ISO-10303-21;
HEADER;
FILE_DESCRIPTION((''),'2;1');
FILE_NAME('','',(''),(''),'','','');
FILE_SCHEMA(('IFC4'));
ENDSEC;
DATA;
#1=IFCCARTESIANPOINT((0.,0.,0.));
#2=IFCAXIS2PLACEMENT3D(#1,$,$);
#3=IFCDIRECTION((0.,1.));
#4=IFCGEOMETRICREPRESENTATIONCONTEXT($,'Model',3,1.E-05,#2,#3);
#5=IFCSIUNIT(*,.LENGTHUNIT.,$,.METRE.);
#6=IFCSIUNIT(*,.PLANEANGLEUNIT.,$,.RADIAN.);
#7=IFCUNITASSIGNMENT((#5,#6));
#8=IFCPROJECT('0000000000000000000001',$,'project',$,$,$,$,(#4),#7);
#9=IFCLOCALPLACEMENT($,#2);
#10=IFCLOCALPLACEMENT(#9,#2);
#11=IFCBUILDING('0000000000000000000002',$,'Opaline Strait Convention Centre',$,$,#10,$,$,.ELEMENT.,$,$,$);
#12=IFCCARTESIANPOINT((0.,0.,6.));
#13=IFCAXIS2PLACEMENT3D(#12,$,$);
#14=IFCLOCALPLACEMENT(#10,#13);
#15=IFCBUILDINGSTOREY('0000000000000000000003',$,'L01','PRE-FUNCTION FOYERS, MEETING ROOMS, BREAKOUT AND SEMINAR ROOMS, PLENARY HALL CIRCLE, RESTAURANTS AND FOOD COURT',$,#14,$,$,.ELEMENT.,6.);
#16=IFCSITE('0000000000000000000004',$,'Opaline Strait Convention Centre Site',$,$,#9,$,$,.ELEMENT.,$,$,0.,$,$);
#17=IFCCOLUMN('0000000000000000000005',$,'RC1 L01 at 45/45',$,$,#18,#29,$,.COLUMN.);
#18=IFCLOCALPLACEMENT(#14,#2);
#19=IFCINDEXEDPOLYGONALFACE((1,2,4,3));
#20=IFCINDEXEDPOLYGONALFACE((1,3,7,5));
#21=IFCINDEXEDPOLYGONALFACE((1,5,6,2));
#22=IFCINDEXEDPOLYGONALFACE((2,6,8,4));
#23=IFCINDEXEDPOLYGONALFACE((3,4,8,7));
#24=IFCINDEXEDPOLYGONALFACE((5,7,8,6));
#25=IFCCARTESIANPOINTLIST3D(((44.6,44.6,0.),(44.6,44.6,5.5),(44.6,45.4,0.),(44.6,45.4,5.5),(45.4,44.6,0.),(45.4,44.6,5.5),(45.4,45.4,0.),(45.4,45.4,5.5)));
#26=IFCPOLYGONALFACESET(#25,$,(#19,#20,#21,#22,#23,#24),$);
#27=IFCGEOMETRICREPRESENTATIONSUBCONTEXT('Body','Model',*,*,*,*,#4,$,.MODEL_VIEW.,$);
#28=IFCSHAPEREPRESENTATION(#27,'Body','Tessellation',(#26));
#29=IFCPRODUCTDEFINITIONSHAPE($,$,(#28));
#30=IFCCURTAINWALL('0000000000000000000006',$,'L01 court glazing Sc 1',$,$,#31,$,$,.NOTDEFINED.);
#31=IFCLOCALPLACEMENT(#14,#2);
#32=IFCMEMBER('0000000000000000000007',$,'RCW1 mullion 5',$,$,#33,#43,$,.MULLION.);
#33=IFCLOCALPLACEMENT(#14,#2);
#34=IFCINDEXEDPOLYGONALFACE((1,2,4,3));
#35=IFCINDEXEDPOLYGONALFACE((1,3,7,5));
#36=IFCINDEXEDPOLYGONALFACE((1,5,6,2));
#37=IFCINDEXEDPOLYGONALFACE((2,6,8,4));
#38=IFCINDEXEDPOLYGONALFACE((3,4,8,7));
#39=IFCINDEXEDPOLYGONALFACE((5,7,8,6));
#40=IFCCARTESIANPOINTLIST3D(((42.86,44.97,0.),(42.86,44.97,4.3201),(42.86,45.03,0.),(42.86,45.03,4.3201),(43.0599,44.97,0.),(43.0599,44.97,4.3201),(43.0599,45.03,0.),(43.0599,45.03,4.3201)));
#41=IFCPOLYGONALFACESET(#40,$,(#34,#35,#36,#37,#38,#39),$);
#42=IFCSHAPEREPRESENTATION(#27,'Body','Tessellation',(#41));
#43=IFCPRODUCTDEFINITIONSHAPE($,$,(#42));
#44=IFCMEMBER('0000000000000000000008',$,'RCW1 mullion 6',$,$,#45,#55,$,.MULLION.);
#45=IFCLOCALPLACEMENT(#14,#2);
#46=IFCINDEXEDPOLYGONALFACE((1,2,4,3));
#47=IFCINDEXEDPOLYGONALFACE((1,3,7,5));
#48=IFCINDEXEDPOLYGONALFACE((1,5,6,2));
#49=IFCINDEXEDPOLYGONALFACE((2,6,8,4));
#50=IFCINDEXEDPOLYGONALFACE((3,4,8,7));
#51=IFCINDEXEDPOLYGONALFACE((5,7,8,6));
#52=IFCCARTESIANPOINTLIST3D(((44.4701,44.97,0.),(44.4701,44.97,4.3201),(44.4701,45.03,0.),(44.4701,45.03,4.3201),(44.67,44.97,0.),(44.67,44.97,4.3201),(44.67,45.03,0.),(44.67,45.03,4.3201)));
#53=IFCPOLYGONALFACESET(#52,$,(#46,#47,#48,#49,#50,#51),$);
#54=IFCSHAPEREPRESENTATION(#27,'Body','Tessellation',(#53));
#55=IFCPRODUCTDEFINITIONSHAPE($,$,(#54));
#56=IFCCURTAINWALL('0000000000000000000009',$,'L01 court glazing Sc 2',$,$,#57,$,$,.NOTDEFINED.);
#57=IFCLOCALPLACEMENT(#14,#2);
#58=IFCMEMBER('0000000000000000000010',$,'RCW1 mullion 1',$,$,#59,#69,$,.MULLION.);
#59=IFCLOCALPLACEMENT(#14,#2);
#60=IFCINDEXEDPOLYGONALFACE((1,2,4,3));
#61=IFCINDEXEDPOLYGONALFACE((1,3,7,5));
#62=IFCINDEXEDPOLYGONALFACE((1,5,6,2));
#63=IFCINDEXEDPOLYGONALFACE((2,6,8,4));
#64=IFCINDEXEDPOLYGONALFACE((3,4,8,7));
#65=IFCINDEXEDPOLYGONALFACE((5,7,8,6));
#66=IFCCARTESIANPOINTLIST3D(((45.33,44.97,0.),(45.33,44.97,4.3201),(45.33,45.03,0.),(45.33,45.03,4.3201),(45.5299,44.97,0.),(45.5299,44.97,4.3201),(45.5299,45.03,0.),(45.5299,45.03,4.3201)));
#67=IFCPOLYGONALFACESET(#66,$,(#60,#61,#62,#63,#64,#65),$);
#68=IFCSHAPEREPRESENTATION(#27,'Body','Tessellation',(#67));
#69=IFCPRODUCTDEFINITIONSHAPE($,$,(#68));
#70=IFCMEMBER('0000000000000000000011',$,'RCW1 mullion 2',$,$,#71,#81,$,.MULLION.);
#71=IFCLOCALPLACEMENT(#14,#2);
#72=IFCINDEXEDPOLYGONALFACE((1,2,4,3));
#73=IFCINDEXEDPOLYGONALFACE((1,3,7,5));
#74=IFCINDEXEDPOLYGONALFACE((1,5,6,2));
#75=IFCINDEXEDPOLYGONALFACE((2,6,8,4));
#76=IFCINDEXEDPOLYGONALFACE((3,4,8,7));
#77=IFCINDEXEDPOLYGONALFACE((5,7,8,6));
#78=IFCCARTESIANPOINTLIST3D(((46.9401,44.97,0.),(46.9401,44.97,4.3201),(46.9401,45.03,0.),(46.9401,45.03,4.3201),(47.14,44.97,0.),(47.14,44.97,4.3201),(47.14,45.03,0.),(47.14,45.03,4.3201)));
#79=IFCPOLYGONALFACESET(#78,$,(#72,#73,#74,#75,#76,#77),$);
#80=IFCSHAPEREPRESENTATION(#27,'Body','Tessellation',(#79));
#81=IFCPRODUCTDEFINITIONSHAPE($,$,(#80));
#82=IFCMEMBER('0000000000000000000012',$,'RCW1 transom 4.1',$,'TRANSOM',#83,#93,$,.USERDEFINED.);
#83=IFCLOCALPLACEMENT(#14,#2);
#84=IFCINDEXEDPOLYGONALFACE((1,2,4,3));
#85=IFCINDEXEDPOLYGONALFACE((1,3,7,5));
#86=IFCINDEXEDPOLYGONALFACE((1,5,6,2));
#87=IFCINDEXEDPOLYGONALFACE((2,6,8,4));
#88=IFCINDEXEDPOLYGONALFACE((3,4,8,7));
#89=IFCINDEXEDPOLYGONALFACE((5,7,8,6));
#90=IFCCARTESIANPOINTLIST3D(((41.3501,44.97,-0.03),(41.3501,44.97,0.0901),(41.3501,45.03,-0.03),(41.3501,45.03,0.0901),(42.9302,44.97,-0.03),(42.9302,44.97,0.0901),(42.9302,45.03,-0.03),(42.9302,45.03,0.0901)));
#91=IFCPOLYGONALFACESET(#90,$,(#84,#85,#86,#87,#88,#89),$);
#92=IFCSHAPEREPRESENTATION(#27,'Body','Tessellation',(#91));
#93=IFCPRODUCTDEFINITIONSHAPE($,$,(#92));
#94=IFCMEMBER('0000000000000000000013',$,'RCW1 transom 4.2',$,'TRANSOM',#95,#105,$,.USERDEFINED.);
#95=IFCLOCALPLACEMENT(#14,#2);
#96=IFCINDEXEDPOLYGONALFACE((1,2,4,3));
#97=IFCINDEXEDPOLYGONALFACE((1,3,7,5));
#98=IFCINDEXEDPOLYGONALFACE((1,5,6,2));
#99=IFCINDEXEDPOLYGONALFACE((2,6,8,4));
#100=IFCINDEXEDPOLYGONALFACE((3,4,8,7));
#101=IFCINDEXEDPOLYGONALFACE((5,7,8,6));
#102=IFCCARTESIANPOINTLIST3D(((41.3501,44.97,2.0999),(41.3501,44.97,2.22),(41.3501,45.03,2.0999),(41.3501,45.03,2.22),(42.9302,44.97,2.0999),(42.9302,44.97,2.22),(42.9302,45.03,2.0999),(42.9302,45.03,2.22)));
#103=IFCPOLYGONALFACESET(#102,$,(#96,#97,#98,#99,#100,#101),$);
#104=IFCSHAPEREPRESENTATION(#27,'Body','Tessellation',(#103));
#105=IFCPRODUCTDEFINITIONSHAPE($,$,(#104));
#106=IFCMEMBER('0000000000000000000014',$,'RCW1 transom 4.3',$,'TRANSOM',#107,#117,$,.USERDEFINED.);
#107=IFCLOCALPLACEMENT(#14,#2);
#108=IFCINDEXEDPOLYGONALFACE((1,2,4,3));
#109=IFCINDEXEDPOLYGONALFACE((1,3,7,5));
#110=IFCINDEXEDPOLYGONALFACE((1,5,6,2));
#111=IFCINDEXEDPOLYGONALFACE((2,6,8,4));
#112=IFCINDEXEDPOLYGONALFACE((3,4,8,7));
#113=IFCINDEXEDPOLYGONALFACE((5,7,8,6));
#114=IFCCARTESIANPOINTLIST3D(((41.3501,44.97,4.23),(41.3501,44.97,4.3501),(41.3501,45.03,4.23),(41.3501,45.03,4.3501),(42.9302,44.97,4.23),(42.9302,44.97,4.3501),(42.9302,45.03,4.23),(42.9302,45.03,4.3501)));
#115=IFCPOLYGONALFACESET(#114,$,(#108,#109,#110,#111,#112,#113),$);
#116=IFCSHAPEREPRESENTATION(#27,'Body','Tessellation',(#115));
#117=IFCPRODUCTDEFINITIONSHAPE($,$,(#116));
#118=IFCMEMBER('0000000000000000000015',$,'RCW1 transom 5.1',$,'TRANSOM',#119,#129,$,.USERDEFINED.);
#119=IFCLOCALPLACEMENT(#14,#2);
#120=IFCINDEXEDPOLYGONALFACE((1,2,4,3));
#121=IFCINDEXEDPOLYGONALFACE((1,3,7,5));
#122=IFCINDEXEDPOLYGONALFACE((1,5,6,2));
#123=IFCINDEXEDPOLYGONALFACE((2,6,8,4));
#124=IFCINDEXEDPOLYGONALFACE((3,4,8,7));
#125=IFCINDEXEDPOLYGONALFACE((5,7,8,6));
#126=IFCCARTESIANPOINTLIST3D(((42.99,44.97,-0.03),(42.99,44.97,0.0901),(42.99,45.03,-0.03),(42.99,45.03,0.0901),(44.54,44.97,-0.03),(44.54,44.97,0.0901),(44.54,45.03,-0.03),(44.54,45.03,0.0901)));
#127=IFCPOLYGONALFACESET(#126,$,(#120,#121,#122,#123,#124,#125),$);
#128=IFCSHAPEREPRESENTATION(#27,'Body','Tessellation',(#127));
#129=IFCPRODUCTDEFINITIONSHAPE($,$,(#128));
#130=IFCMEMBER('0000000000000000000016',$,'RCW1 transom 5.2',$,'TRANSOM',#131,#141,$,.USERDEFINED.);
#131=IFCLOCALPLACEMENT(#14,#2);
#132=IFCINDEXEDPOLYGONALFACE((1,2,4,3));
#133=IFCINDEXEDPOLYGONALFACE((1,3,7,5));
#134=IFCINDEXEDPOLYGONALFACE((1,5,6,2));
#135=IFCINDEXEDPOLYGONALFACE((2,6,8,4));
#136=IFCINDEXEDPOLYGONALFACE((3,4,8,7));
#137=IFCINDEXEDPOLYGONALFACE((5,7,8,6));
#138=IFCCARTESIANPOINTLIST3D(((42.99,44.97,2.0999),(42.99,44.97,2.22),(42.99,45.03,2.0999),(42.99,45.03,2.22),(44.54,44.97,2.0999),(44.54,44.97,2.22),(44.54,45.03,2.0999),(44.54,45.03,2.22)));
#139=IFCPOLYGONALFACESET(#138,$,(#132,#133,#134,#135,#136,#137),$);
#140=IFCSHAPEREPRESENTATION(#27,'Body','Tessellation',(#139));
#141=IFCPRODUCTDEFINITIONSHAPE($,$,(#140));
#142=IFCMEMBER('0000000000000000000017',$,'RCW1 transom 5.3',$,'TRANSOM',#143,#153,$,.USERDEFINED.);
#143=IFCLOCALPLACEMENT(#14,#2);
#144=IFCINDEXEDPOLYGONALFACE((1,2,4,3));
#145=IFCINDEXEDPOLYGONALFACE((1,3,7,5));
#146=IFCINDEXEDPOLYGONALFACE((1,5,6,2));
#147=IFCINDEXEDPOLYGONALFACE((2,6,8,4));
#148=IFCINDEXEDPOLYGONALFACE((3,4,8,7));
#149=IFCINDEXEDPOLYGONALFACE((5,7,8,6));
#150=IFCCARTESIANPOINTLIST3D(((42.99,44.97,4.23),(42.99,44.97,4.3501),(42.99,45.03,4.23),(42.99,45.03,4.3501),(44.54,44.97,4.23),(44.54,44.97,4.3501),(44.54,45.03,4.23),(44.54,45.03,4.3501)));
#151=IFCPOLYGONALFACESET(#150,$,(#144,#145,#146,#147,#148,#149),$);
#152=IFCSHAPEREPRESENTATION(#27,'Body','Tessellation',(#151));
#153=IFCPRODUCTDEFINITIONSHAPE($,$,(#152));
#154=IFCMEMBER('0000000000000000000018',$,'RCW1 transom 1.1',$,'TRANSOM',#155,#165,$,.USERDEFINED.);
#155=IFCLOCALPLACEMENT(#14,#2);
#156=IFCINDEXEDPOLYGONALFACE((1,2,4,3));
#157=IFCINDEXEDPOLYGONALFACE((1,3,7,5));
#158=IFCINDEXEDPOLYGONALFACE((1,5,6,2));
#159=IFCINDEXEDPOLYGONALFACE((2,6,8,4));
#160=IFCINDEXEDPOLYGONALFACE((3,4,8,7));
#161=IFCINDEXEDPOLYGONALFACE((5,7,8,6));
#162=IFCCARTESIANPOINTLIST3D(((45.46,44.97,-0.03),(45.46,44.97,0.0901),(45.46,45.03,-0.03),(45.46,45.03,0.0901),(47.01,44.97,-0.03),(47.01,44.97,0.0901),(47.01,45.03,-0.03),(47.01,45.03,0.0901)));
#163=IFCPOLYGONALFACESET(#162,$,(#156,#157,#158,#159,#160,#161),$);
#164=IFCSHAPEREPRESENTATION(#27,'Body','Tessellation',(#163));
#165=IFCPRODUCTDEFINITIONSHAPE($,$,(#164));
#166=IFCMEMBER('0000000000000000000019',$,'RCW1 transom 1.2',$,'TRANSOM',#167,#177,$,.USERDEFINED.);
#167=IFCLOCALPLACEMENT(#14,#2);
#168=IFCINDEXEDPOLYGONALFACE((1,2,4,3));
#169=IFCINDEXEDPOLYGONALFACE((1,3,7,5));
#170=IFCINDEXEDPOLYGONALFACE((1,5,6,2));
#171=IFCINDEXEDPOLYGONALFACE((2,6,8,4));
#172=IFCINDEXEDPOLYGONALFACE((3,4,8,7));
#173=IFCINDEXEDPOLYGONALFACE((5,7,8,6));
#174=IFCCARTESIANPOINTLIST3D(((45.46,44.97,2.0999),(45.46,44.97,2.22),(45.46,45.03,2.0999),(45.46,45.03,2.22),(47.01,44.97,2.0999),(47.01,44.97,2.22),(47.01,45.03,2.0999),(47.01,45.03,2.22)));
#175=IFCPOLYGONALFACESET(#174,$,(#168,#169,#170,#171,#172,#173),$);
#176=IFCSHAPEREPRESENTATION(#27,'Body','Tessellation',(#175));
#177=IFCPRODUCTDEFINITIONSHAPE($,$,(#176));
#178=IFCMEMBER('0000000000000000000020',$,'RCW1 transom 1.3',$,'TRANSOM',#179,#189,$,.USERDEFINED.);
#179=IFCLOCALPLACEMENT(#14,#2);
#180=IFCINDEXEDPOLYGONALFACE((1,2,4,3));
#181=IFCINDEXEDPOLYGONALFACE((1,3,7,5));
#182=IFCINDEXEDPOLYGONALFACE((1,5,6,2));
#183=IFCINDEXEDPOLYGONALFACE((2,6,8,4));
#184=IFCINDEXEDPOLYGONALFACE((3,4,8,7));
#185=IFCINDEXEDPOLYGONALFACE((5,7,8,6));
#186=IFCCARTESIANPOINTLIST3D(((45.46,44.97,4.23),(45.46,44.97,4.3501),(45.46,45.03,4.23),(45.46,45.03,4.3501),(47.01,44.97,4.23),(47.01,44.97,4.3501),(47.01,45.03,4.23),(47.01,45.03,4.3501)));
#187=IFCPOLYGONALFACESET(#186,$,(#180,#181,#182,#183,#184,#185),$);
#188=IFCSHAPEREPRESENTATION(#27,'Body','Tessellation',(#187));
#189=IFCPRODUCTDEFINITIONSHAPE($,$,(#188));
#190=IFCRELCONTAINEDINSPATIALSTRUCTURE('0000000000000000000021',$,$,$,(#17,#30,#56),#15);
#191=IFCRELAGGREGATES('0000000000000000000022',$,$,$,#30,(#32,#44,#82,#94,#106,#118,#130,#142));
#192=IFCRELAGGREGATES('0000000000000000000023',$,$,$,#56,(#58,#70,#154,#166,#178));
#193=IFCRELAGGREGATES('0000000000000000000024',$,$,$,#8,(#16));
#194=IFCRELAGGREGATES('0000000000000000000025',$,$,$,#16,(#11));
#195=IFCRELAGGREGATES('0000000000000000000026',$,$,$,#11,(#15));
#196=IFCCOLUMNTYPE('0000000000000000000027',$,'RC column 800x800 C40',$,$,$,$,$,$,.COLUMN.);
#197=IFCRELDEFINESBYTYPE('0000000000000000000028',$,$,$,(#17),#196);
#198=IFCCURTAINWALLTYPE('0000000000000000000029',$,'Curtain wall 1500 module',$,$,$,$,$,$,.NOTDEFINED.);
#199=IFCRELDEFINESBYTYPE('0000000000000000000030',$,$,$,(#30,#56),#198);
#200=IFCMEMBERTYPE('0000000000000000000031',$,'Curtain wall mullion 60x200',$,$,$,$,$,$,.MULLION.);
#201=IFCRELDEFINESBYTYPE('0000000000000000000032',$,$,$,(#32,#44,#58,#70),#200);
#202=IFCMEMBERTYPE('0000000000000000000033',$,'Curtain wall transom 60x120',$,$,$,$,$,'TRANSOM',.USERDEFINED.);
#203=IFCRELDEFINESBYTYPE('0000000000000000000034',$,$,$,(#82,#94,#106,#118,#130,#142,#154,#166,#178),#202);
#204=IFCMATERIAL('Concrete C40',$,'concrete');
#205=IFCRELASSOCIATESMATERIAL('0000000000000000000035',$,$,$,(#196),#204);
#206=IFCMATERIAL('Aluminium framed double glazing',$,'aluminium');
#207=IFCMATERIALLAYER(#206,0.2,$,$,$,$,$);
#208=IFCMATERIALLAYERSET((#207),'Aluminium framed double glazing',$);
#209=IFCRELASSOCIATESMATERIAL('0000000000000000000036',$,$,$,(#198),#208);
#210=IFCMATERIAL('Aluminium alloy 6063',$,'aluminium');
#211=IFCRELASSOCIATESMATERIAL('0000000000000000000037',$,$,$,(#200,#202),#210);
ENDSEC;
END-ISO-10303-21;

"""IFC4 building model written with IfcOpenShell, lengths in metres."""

from ifc_helpers import new_model, si_unit, direction, frame, origin, origin_2d, place, context, subcontext, project, spatial, rectangle, extrude, material, layer, layer_set, material_profile, profile_set, type_object, element, aggregate, save


model = new_model("IFC4")

# Units and contexts
model_context = context("Model", 3, precision=1e-05, world=origin(), true_north=direction((0.0, 1.0)))
body_context = subcontext(model_context, "Body", "Model", "MODEL_VIEW")
ifc_project = project(units=[si_unit("LENGTHUNIT", "METRE"), si_unit("PLANEANGLEUNIT", "RADIAN")], contexts=[model_context])

# Site, building, storey
site_placement = place(None, origin())
site = spatial("IfcSite", under=ifc_project, at=site_placement, Name="Opaline Strait Convention Centre Site", CompositionType="ELEMENT", RefElevation=0.0)
building_placement = place(site_placement, origin())
building = spatial("IfcBuilding", under=site, at=building_placement, Name="Opaline Strait Convention Centre", CompositionType="ELEMENT")
storey_placement = place(building_placement, frame((0.0, 0.0, 6.0)))
storey = spatial("IfcBuildingStorey", under=building, at=storey_placement, Name="L01", Description="PRE-FUNCTION FOYERS, MEETING ROOMS, BREAKOUT AND SEMINAR ROOMS, PLENARY HALL CIRCLE, RESTAURANTS AND FOOD COURT", CompositionType="ELEMENT", Elevation=6.0)

# Column
ifc_material_1 = material(Name="Concrete C40", Category="concrete")
ifc_material_profile_1 = material_profile(ifc_material_1, rectangle(XDim=0.8, YDim=0.8, at=origin_2d()), Name="RC 800x800")
ifc_profile_set_1 = profile_set([ifc_material_profile_1], Name="Concrete C40")
column_type = type_object("IfcColumnType", Name="RC column 800x800 C40", PredefinedType="COLUMN", material=ifc_profile_set_1)
column_placement = place(storey_placement, frame((45.0, 45.0, 0.0), z_axis=(0.0, 0.0, 1.0), x_axis=(1.0, 0.0, 0.0)))
element("IfcColumn", 1, at=column_placement, inside=storey, type_object=column_type, Name="RC1 L01 at 45/45", PredefinedType="COLUMN", context=body_context, shape_type="SweptSolid", body=[
    extrude(rectangle(XDim=0.8, YDim=0.8, at=origin_2d()), origin(), (0.0, 0.0, 1.0), 5.5),
])

# Curtain walls, members
ifc_material_2 = material(Name="Aluminium framed double glazing", Category="aluminium")
ifc_layer_1 = layer(ifc_material_2, 0.2)
ifc_layer_set_1 = layer_set([ifc_layer_1], Name="Aluminium framed double glazing")
curtain_wall_type = type_object("IfcCurtainWallType", Name="Curtain wall 1500 module", PredefinedType="NOTDEFINED", material=ifc_layer_set_1)
curtain_wall_1_placement = place(storey_placement, origin())
curtain_wall_1 = element("IfcCurtainWall", 2, at=curtain_wall_1_placement, inside=storey, type_object=curtain_wall_type, Name="L01 court glazing Sc 1", PredefinedType="NOTDEFINED")
ifc_material_3 = material(Name="Aluminium alloy 6063", Category="aluminium")
ifc_material_profile_2 = material_profile(ifc_material_3, rectangle(XDim=0.0601, YDim=0.2, at=origin_2d()), Name="Curtain wall mullion 60x200")
ifc_profile_set_2 = profile_set([ifc_material_profile_2], Name="Aluminium alloy 6063")
member_type_1 = type_object("IfcMemberType", Name="Curtain wall mullion 60x200", PredefinedType="MULLION", material=ifc_profile_set_2)
member_1_placement = place(storey_placement, frame((42.96, 45.0, 0.0), z_axis=(0.0, 0.0, 1.0), x_axis=(0.0, 1.0, 0.0)))
member_1 = element("IfcMember", 3, at=member_1_placement, type_object=member_type_1, Name="RCW1 mullion 5", PredefinedType="MULLION", context=body_context, shape_type="SweptSolid", body=[
    extrude(rectangle(XDim=0.0601, YDim=0.2, at=origin_2d()), origin(), (0.0, 0.0, 1.0), 4.3201),
])
member_2_placement = place(storey_placement, frame((44.5701, 45.0, 0.0), z_axis=(0.0, 0.0, 1.0), x_axis=(0.0, 1.0, 0.0)))
member_2 = element("IfcMember", 4, at=member_2_placement, type_object=member_type_1, Name="RCW1 mullion 6", PredefinedType="MULLION", context=body_context, shape_type="SweptSolid", body=[
    extrude(rectangle(XDim=0.0601, YDim=0.2, at=origin_2d()), origin(), (0.0, 0.0, 1.0), 4.3201),
])
curtain_wall_2_placement = place(storey_placement, origin())
curtain_wall_2 = element("IfcCurtainWall", 5, at=curtain_wall_2_placement, inside=storey, type_object=curtain_wall_type, Name="L01 court glazing Sc 2", PredefinedType="NOTDEFINED")
member_3_placement = place(storey_placement, frame((45.4299, 45.0, 0.0), z_axis=(0.0, 0.0, 1.0), x_axis=(0.0, 1.0, 0.0)))
member_3 = element("IfcMember", 6, at=member_3_placement, type_object=member_type_1, Name="RCW1 mullion 1", PredefinedType="MULLION", context=body_context, shape_type="SweptSolid", body=[
    extrude(rectangle(XDim=0.0601, YDim=0.2, at=origin_2d()), origin(), (0.0, 0.0, 1.0), 4.3201),
])
member_4_placement = place(storey_placement, frame((47.04, 45.0, 0.0), z_axis=(0.0, 0.0, 1.0), x_axis=(0.0, 1.0, 0.0)))
member_4 = element("IfcMember", 7, at=member_4_placement, type_object=member_type_1, Name="RCW1 mullion 2", PredefinedType="MULLION", context=body_context, shape_type="SweptSolid", body=[
    extrude(rectangle(XDim=0.0601, YDim=0.2, at=origin_2d()), origin(), (0.0, 0.0, 1.0), 4.3201),
])

# Members
ifc_material_profile_3 = material_profile(ifc_material_3, rectangle(XDim=0.0601, YDim=0.1201, at=origin_2d()), Name="Curtain wall transom 60x120")
ifc_profile_set_3 = profile_set([ifc_material_profile_3], Name="Aluminium alloy 6063")
member_type_2 = type_object("IfcMemberType", Name="Curtain wall transom 60x120", ElementType="TRANSOM", PredefinedType="USERDEFINED", material=ifc_profile_set_3)
member_5_placement = place(storey_placement, frame((41.3501, 45.0, 0.03), z_axis=(1.0, 0.0, 0.0), x_axis=(0.0, 1.0, 0.0)))
member_5 = element("IfcMember", 8, at=member_5_placement, type_object=member_type_2, Name="RCW1 transom 4.1", ObjectType="TRANSOM", PredefinedType="USERDEFINED", context=body_context, shape_type="SweptSolid", body=[
    extrude(rectangle(XDim=0.0601, YDim=0.1201, at=origin_2d()), origin(), (0.0, 0.0, 1.0), 1.5801),
])
member_6_placement = place(storey_placement, frame((41.3501, 45.0, 2.1599), z_axis=(1.0, 0.0, 0.0), x_axis=(0.0, 1.0, 0.0)))
member_6 = element("IfcMember", 9, at=member_6_placement, type_object=member_type_2, Name="RCW1 transom 4.2", ObjectType="TRANSOM", PredefinedType="USERDEFINED", context=body_context, shape_type="SweptSolid", body=[
    extrude(rectangle(XDim=0.0601, YDim=0.1201, at=origin_2d()), origin(), (0.0, 0.0, 1.0), 1.5801),
])
member_7_placement = place(storey_placement, frame((41.3501, 45.0, 4.29), z_axis=(1.0, 0.0, 0.0), x_axis=(0.0, 1.0, 0.0)))
member_7 = element("IfcMember", 10, at=member_7_placement, type_object=member_type_2, Name="RCW1 transom 4.3", ObjectType="TRANSOM", PredefinedType="USERDEFINED", context=body_context, shape_type="SweptSolid", body=[
    extrude(rectangle(XDim=0.0601, YDim=0.1201, at=origin_2d()), origin(), (0.0, 0.0, 1.0), 1.5801),
])
member_8_placement = place(storey_placement, frame((42.99, 45.0, 0.03), z_axis=(1.0, 0.0, 0.0), x_axis=(0.0, 1.0, 0.0)))
member_8 = element("IfcMember", 11, at=member_8_placement, type_object=member_type_2, Name="RCW1 transom 5.1", ObjectType="TRANSOM", PredefinedType="USERDEFINED", context=body_context, shape_type="SweptSolid", body=[
    extrude(rectangle(XDim=0.0601, YDim=0.1201, at=origin_2d()), origin(), (0.0, 0.0, 1.0), 1.55),
])
member_9_placement = place(storey_placement, frame((42.99, 45.0, 2.1599), z_axis=(1.0, 0.0, 0.0), x_axis=(0.0, 1.0, 0.0)))
member_9 = element("IfcMember", 12, at=member_9_placement, type_object=member_type_2, Name="RCW1 transom 5.2", ObjectType="TRANSOM", PredefinedType="USERDEFINED", context=body_context, shape_type="SweptSolid", body=[
    extrude(rectangle(XDim=0.0601, YDim=0.1201, at=origin_2d()), origin(), (0.0, 0.0, 1.0), 1.55),
])
member_10_placement = place(storey_placement, frame((42.99, 45.0, 4.29), z_axis=(1.0, 0.0, 0.0), x_axis=(0.0, 1.0, 0.0)))
member_10 = element("IfcMember", 13, at=member_10_placement, type_object=member_type_2, Name="RCW1 transom 5.3", ObjectType="TRANSOM", PredefinedType="USERDEFINED", context=body_context, shape_type="SweptSolid", body=[
    extrude(rectangle(XDim=0.0601, YDim=0.1201, at=origin_2d()), origin(), (0.0, 0.0, 1.0), 1.55),
])
member_11_placement = place(storey_placement, frame((45.46, 45.0, 0.03), z_axis=(1.0, 0.0, 0.0), x_axis=(0.0, 1.0, 0.0)))
member_11 = element("IfcMember", 14, at=member_11_placement, type_object=member_type_2, Name="RCW1 transom 1.1", ObjectType="TRANSOM", PredefinedType="USERDEFINED", context=body_context, shape_type="SweptSolid", body=[
    extrude(rectangle(XDim=0.0601, YDim=0.1201, at=origin_2d()), origin(), (0.0, 0.0, 1.0), 1.55),
])
member_12_placement = place(storey_placement, frame((45.46, 45.0, 2.1599), z_axis=(1.0, 0.0, 0.0), x_axis=(0.0, 1.0, 0.0)))
member_12 = element("IfcMember", 15, at=member_12_placement, type_object=member_type_2, Name="RCW1 transom 1.2", ObjectType="TRANSOM", PredefinedType="USERDEFINED", context=body_context, shape_type="SweptSolid", body=[
    extrude(rectangle(XDim=0.0601, YDim=0.1201, at=origin_2d()), origin(), (0.0, 0.0, 1.0), 1.55),
])
member_13_placement = place(storey_placement, frame((45.46, 45.0, 4.29), z_axis=(1.0, 0.0, 0.0), x_axis=(0.0, 1.0, 0.0)))
member_13 = element("IfcMember", 16, at=member_13_placement, type_object=member_type_2, Name="RCW1 transom 1.3", ObjectType="TRANSOM", PredefinedType="USERDEFINED", context=body_context, shape_type="SweptSolid", body=[
    extrude(rectangle(XDim=0.0601, YDim=0.1201, at=origin_2d()), origin(), (0.0, 0.0, 1.0), 1.55),
])

aggregate(curtain_wall_1, [member_1, member_2, member_5, member_6, member_7, member_8, member_9, member_10])
aggregate(curtain_wall_2, [member_3, member_4, member_11, member_12, member_13])

save(model, "model.ifc")
